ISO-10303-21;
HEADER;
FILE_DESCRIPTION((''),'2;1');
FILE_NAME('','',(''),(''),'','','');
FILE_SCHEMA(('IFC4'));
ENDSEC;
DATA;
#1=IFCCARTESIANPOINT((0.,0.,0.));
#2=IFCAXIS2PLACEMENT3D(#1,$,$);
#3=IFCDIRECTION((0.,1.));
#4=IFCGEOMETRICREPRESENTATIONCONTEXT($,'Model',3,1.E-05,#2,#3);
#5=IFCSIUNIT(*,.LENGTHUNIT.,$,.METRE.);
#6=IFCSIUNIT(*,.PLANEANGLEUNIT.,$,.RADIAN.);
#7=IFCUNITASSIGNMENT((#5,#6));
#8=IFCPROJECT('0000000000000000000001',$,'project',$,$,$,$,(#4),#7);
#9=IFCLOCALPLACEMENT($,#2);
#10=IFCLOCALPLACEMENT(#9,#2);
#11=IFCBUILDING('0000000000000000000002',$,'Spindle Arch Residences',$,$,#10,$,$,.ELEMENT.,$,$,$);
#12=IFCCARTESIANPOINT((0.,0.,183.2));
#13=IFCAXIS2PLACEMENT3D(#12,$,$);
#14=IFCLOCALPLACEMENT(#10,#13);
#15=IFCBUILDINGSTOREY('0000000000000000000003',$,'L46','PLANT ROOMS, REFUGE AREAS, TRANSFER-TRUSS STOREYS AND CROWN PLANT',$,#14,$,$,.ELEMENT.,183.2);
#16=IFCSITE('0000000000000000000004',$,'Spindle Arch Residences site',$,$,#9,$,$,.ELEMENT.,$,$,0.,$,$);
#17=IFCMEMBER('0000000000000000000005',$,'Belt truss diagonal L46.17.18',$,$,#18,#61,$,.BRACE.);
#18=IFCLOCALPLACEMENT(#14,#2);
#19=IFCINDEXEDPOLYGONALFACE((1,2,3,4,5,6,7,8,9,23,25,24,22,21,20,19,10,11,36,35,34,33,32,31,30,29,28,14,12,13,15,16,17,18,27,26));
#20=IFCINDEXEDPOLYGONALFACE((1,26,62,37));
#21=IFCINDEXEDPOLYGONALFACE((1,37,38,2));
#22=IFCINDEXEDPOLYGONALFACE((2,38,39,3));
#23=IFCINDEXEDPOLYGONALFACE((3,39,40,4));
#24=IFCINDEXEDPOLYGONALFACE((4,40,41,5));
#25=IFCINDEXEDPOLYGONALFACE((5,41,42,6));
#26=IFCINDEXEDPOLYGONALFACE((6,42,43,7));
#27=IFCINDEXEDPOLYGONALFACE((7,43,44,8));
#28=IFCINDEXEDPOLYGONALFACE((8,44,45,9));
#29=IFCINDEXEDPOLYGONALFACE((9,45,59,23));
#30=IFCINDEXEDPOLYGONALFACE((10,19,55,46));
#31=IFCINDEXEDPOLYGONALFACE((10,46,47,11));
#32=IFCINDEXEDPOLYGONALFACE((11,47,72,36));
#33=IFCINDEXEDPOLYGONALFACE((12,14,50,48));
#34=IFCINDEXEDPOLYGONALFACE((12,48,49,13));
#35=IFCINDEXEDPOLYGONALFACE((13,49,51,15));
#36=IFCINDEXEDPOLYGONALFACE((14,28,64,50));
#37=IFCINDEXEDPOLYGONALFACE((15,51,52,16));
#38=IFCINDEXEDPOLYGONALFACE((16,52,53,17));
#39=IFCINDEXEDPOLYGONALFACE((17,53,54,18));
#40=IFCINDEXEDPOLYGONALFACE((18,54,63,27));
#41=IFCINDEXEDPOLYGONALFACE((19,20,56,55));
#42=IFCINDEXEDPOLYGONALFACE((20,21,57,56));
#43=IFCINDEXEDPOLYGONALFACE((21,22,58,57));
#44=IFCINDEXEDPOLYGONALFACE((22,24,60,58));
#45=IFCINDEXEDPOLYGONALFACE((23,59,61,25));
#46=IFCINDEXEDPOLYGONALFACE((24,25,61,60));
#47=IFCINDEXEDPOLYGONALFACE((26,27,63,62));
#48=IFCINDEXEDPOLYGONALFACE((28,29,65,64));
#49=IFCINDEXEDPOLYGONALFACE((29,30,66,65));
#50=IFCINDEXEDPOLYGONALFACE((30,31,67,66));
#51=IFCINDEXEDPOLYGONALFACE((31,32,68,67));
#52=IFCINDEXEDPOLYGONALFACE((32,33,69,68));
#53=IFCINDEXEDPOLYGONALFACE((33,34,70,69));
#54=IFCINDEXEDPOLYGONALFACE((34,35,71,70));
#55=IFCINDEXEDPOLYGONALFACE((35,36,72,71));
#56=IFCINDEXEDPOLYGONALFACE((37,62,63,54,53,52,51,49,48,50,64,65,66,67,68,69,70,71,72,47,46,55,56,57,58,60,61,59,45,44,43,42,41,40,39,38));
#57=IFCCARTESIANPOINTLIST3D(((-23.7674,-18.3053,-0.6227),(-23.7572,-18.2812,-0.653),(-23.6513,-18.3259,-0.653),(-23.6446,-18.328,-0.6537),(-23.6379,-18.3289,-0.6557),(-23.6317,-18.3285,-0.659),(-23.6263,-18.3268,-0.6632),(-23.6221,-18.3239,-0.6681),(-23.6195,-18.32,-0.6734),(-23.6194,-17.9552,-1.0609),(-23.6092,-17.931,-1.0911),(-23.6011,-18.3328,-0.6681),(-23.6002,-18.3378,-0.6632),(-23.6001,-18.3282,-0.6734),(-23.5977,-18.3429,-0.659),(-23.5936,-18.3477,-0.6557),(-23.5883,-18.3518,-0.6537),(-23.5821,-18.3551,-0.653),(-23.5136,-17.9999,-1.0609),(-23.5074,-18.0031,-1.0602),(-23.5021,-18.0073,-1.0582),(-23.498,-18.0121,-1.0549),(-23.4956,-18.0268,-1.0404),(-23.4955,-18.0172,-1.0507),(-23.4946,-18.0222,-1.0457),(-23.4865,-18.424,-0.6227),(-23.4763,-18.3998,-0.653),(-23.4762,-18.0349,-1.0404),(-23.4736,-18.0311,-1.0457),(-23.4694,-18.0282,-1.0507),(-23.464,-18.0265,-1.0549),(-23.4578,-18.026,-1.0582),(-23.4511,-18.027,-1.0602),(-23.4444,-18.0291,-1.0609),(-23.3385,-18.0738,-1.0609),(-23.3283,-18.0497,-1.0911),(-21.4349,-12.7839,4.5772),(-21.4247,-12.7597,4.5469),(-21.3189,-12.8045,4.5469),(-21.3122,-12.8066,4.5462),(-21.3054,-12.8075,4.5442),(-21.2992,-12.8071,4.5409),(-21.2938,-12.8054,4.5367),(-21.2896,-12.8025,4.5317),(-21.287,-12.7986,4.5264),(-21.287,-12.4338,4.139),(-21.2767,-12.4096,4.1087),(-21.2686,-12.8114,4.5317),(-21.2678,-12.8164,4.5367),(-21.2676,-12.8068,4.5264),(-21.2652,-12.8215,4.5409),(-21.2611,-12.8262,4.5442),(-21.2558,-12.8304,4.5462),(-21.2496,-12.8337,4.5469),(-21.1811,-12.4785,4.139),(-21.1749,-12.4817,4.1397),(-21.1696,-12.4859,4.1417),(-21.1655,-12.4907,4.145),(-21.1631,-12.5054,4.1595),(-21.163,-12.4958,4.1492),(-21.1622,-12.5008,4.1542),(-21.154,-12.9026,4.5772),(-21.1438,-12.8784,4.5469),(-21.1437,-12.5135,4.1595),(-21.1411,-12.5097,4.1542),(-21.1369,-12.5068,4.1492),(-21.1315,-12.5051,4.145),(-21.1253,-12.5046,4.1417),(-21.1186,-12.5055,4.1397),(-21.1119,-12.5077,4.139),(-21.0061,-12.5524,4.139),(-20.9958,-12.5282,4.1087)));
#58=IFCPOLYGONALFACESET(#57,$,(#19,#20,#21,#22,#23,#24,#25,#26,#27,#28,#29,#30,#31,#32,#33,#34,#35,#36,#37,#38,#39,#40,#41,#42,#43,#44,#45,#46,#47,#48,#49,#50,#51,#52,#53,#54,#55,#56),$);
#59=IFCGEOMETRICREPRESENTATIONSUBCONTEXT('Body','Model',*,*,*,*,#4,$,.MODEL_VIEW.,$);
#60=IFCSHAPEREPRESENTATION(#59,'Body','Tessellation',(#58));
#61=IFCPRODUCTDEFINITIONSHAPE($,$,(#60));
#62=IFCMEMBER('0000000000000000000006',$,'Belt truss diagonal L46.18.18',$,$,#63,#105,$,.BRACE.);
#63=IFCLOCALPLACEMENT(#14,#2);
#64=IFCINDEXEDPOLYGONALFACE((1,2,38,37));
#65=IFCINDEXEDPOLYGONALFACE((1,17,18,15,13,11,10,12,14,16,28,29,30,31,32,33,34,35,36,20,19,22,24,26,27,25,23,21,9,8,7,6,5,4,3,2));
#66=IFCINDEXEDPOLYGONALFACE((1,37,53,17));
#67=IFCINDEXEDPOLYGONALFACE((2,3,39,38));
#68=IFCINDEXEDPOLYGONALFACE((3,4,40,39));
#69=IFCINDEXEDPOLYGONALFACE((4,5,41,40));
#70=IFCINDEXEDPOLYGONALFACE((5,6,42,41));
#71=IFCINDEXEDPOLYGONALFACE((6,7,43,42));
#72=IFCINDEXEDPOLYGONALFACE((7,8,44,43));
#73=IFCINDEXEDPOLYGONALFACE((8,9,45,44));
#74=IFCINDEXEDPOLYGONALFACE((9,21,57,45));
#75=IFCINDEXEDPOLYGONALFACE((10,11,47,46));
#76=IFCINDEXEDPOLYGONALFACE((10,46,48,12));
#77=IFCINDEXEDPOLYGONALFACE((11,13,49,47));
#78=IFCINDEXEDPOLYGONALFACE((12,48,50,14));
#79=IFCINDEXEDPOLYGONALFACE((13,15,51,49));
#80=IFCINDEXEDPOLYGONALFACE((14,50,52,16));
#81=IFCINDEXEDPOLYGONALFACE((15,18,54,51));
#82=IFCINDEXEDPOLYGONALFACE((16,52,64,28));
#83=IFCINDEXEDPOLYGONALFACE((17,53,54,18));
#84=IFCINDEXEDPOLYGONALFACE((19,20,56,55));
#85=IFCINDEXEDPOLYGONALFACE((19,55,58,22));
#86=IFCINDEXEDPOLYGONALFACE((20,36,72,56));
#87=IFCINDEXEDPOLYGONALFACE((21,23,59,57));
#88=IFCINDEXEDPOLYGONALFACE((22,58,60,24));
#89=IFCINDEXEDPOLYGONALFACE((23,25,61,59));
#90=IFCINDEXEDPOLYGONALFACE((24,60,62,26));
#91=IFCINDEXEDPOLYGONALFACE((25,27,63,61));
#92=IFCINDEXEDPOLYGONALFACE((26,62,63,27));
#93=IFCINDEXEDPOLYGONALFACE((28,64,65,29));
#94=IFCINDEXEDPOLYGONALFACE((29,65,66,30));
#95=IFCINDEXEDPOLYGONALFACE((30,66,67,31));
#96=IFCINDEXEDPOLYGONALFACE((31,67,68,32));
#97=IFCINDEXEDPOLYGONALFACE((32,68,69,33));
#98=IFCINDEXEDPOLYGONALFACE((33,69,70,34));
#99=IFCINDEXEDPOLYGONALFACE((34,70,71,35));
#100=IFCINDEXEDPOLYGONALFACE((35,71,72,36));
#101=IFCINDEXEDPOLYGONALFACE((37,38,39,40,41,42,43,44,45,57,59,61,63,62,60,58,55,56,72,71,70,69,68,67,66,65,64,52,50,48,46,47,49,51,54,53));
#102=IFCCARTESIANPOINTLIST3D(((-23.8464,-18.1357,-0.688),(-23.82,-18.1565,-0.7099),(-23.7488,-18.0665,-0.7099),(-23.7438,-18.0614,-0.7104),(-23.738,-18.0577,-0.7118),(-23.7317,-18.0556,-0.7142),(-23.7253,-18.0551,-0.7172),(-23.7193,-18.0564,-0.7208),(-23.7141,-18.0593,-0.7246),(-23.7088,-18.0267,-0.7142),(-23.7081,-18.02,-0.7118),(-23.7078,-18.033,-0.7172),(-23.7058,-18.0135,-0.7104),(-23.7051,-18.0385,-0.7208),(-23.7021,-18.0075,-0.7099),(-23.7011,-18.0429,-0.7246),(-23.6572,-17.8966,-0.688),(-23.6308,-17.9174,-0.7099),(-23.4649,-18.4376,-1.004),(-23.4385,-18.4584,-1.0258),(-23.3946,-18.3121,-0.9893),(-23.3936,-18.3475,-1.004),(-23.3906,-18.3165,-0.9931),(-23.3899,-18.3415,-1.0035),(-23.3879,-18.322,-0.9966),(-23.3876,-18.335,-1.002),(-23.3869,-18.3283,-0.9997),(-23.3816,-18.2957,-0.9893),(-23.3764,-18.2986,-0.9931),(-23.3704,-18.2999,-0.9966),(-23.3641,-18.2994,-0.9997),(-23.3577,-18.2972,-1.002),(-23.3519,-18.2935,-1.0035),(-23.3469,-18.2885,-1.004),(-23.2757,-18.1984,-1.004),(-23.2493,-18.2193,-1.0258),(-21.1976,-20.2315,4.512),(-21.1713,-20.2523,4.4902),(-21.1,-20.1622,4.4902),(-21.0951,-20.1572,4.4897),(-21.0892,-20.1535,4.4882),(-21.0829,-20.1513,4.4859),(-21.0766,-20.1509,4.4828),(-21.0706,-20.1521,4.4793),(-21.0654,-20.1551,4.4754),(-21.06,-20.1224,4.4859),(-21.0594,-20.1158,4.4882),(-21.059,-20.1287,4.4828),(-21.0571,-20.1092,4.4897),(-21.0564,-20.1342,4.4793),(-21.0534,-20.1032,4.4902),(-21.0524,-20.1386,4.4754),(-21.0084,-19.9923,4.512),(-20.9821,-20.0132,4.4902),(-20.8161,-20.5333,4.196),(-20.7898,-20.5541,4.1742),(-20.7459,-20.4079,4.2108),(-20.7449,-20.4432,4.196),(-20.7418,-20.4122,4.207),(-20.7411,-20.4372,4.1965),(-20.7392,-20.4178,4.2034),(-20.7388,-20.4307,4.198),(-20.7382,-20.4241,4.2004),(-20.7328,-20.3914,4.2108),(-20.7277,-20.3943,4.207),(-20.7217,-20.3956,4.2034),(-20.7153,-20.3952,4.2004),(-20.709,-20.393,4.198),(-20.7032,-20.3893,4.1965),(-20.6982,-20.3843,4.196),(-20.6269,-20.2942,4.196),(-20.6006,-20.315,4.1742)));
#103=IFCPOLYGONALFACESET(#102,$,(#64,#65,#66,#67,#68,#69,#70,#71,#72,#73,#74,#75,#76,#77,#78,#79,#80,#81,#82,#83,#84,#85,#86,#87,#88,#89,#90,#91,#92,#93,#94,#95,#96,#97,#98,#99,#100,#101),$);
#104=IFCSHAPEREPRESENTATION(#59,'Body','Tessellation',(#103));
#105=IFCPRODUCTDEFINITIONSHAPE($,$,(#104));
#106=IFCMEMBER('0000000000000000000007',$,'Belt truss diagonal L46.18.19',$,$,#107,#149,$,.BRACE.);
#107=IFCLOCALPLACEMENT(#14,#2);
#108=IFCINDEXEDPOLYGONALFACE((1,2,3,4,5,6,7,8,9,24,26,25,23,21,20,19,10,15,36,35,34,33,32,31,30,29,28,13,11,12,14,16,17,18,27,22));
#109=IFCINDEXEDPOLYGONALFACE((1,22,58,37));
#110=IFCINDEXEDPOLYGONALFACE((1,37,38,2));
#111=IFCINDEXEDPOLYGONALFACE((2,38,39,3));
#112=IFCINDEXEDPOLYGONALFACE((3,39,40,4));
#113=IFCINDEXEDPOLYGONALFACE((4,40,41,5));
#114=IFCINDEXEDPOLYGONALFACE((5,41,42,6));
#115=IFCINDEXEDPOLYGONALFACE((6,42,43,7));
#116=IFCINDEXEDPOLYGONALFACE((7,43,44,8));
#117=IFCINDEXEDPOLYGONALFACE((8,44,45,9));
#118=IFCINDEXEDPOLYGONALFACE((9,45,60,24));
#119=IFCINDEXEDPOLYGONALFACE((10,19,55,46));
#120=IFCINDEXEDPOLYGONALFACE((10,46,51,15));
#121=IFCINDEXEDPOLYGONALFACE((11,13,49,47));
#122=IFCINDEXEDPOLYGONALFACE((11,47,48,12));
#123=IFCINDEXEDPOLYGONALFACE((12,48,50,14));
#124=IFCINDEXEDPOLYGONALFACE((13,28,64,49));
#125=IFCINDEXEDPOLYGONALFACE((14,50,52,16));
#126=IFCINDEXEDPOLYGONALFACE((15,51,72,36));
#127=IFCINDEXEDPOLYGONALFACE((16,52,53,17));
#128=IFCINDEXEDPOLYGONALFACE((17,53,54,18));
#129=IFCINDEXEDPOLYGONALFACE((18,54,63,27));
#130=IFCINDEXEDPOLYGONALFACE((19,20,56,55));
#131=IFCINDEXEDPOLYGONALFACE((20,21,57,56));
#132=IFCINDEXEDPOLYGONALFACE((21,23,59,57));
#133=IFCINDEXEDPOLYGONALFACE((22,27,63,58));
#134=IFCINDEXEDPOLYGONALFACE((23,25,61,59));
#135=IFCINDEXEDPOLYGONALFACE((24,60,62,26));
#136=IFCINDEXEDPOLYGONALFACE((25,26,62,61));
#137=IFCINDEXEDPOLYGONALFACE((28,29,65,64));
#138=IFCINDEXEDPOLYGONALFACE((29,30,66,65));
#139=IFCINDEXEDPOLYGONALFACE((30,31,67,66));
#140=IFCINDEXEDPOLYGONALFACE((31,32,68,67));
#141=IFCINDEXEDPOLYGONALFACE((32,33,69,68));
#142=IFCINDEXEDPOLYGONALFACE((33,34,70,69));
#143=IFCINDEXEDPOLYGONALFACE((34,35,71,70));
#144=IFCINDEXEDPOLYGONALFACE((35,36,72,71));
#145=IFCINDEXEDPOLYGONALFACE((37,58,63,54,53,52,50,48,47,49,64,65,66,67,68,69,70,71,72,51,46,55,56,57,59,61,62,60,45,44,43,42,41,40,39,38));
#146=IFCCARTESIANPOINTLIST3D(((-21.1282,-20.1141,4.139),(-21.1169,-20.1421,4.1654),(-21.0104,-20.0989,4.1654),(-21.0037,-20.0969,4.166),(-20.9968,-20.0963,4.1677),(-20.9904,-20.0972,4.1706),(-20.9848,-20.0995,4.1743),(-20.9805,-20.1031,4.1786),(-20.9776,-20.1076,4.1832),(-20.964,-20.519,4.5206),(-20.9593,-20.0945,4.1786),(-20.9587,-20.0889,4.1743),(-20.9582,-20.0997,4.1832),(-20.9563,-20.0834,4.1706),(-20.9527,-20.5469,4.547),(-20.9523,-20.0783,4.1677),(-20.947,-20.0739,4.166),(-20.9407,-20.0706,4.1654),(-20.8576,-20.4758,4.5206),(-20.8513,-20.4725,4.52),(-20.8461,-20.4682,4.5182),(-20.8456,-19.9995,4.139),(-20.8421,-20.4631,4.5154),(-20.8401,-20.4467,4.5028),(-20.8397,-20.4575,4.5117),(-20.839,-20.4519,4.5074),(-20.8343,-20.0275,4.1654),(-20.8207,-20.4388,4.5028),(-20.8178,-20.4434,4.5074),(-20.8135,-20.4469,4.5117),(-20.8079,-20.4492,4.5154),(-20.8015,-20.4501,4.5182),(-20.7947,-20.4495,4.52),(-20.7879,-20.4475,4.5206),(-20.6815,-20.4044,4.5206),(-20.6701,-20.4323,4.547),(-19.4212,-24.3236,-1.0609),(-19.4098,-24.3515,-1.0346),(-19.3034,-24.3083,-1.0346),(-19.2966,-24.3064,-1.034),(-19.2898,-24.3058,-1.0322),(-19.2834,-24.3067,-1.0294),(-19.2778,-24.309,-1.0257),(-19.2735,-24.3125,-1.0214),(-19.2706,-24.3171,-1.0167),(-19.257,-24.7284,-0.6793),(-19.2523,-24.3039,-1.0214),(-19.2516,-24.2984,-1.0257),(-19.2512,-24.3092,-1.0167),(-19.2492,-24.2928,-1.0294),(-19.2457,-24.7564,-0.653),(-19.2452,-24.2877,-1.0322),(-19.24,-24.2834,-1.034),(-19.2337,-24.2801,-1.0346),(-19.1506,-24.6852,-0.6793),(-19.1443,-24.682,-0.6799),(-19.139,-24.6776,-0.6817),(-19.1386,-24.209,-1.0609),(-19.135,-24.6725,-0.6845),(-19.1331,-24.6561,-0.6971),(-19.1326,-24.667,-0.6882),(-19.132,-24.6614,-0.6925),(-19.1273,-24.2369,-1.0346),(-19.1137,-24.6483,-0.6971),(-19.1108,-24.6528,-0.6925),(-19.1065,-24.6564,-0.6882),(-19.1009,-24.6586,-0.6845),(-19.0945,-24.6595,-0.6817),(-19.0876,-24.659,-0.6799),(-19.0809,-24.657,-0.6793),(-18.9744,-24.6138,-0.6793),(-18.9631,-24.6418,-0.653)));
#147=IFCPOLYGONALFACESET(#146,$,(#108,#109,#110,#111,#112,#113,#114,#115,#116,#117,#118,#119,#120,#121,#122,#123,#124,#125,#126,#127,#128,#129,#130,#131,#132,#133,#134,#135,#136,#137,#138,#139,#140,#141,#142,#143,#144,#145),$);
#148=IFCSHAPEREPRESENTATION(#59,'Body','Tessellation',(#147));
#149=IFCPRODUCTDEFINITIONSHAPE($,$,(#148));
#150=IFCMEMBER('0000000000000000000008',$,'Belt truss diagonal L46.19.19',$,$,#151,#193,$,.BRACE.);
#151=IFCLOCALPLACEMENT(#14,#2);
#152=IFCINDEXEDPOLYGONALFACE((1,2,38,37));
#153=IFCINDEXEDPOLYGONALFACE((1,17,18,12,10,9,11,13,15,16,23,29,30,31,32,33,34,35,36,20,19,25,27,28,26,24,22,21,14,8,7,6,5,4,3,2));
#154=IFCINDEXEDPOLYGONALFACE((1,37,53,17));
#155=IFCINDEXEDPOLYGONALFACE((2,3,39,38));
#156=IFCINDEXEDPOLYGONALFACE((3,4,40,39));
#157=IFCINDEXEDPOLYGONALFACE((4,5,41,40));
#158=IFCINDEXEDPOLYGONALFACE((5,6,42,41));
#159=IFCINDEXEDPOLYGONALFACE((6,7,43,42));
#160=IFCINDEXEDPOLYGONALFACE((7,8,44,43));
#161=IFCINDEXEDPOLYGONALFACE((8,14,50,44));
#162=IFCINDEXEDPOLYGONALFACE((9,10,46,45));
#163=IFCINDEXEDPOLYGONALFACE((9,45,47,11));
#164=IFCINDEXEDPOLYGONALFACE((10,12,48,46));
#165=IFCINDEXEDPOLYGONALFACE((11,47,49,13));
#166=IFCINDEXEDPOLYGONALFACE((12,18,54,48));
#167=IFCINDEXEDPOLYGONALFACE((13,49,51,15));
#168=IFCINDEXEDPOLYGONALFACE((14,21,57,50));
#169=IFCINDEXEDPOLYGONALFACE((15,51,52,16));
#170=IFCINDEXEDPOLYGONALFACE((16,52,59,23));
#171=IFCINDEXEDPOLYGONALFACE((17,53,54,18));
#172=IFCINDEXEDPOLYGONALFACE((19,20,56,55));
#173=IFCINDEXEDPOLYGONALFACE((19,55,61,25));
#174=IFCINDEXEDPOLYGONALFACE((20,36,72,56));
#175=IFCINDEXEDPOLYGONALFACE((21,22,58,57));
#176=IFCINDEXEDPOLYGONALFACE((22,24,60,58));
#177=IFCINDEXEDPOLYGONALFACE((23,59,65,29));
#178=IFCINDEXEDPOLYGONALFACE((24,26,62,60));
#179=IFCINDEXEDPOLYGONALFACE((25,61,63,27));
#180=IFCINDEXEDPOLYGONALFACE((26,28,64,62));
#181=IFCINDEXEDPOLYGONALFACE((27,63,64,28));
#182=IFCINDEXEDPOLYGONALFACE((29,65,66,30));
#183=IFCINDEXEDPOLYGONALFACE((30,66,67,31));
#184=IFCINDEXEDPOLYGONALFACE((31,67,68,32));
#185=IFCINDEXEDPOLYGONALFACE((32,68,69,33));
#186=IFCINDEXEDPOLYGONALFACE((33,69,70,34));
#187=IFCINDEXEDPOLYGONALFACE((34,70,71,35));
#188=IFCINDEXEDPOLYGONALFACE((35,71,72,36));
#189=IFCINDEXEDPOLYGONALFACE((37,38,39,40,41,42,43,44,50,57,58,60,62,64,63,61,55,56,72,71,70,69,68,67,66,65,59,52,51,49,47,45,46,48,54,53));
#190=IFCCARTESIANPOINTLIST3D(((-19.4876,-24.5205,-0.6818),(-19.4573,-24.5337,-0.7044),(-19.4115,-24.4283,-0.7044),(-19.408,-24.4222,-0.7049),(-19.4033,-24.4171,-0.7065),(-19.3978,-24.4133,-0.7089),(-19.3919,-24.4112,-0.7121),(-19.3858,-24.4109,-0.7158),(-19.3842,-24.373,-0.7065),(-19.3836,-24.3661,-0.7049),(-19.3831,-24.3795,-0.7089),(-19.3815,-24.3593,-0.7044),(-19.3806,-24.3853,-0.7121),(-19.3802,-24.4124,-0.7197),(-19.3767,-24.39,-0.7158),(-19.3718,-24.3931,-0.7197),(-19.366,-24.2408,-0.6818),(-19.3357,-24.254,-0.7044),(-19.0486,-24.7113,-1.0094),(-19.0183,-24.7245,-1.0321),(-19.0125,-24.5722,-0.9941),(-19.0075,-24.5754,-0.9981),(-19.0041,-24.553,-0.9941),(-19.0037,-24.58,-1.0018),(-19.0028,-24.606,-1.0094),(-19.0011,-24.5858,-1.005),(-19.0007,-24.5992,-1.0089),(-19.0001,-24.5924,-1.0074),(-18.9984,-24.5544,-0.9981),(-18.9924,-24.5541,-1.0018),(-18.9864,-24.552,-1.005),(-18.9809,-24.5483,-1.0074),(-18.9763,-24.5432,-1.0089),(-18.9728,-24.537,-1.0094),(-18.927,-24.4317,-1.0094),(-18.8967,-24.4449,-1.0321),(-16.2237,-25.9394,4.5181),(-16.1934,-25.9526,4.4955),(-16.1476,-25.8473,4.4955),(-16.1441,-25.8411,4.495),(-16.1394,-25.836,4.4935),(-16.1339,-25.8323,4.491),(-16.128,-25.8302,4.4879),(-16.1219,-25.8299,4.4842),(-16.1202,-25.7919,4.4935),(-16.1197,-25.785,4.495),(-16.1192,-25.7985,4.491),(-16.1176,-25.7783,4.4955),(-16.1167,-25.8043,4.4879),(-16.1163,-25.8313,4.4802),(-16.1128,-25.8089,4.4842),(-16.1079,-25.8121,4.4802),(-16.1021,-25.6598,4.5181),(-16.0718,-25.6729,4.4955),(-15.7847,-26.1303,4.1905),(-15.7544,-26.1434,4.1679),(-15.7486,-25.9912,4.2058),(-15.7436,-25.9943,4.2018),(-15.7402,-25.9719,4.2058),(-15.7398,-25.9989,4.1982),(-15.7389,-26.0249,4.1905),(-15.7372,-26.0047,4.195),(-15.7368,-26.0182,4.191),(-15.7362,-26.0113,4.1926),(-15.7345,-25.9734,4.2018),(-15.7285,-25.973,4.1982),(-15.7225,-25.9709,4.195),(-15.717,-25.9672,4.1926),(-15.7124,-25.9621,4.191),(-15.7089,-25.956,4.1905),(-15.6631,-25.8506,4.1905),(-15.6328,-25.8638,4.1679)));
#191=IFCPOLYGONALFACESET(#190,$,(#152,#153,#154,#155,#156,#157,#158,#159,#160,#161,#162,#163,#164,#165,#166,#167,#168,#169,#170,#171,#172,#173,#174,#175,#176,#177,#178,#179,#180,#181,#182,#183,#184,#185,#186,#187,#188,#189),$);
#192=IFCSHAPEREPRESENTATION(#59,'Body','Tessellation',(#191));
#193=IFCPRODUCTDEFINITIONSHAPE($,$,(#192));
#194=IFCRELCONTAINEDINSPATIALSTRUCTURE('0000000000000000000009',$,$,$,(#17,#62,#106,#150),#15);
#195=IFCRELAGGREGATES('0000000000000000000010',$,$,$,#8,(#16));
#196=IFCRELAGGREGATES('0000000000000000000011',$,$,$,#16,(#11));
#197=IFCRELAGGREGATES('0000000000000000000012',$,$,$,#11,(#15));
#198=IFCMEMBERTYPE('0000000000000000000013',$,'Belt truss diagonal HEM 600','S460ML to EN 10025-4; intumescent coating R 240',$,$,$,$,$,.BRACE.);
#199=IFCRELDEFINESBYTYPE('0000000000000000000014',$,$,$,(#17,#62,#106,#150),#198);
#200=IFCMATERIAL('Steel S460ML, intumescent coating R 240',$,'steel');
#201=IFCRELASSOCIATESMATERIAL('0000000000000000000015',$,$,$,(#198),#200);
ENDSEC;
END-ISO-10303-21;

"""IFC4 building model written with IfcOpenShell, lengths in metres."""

from ifc_helpers import new_model, si_unit, direction, frame, origin, origin_2d, place, context, subcontext, project, spatial, i_section, extrude, material, material_profile, profile_set, type_object, element, save


model = new_model("IFC4")

# Units and contexts
model_context = context("Model", 3, precision=1e-05, world=origin(), true_north=direction((0.0, 1.0)))
body_context = subcontext(model_context, "Body", "Model", "MODEL_VIEW")
ifc_project = project(units=[si_unit("LENGTHUNIT", "METRE"), si_unit("PLANEANGLEUNIT", "RADIAN")], contexts=[model_context])

# Site, building, storey
site_placement = place(None, origin())
site = spatial("IfcSite", under=ifc_project, at=site_placement, Name="Spindle Arch Residences site", CompositionType="ELEMENT", RefElevation=0.0)
building_placement = place(site_placement, origin())
building = spatial("IfcBuilding", under=site, at=building_placement, Name="Spindle Arch Residences", CompositionType="ELEMENT")
storey_placement = place(building_placement, frame((0.0, 0.0, 183.2)))
storey = spatial("IfcBuildingStorey", under=building, at=storey_placement, Name="L46", Description="PLANT ROOMS, REFUGE AREAS, TRANSFER-TRUSS STOREYS AND CROWN PLANT", CompositionType="ELEMENT", Elevation=183.2)

# Members
ifc_material_1 = material(Name="Steel S460ML, intumescent coating R 240", Category="steel")
ifc_material_profile_1 = material_profile(ifc_material_1, i_section(OverallWidth=0.3049, OverallDepth=0.6201, WebThickness=0.021, FlangeThickness=0.04, FilletRadius=0.0271, at=origin_2d()), Name="HEM 600")
ifc_profile_set_1 = profile_set([ifc_material_profile_1], Name="Steel S460ML, intumescent coating R 240")
member_type_1 = type_object("IfcMemberType", Name="Belt truss diagonal HEM 600", Description="S460ML to EN 10025-4; intumescent coating R 240", PredefinedType="BRACE", material=ifc_profile_set_1)
member_1_placement = place(storey_placement, frame((-23.5479, -18.1775, -0.8569), z_axis=(0.293947, 0.695824, 0.655304), x_axis=(-0.921176, 0.389146, 0.0)))
element("IfcMember", 1, at=member_1_placement, inside=storey, type_object=member_type_1, Name="Belt truss diagonal L46.17.18", PredefinedType="BRACE", context=body_context, shape_type="SweptSolid", body=[
    extrude(i_section(OverallWidth=0.3049, OverallDepth=0.6201, WebThickness=0.021, FlangeThickness=0.04, FilletRadius=0.0271, at=origin_2d()), origin(), (0.0, 0.0, 1.0), 7.9351),
])
member_2_placement = place(storey_placement, frame((-23.5479, -18.1775, -0.8569), z_axis=(0.427168, -0.337986, 0.838626), x_axis=(0.62049, 0.784214, 0.0)))
element("IfcMember", 2, at=member_2_placement, inside=storey, type_object=member_type_1, Name="Belt truss diagonal L46.18.18", PredefinedType="BRACE", context=body_context, shape_type="SweptSolid", body=[
    extrude(i_section(OverallWidth=0.3049, OverallDepth=0.6201, WebThickness=0.021, FlangeThickness=0.04, FilletRadius=0.0271, at=origin_2d()), origin(), (0.0, 0.0, 1.0), 6.2007),
])
member_3_placement = place(storey_placement, frame((-19.1921, -24.4827, -0.8569), z_axis=(-0.247232, 0.609665, 0.753117), x_axis=(-0.926702, -0.375797, 0.0)))
element("IfcMember", 3, at=member_3_placement, inside=storey, type_object=member_type_1, Name="Belt truss diagonal L46.18.19", PredefinedType="BRACE", context=body_context, shape_type="SweptSolid", body=[
    extrude(i_section(OverallWidth=0.3049, OverallDepth=0.6201, WebThickness=0.021, FlangeThickness=0.04, FilletRadius=0.0271, at=origin_2d()), origin(), (0.0, 0.0, 1.0), 6.9045),
])
member_4_placement = place(storey_placement, frame((-19.1921, -24.4827, -0.8569), z_axis=(0.517977, -0.225184, 0.825222), x_axis=(0.398691, 0.917085, 0.0)))
element("IfcMember", 4, at=member_4_placement, inside=storey, type_object=member_type_1, Name="Belt truss diagonal L46.19.19", PredefinedType="BRACE", context=body_context, shape_type="SweptSolid", body=[
    extrude(i_section(OverallWidth=0.3049, OverallDepth=0.6201, WebThickness=0.021, FlangeThickness=0.04, FilletRadius=0.0271, at=origin_2d()), origin(), (0.0, 0.0, 1.0), 6.3013),
])

save(model, "model.ifc")
